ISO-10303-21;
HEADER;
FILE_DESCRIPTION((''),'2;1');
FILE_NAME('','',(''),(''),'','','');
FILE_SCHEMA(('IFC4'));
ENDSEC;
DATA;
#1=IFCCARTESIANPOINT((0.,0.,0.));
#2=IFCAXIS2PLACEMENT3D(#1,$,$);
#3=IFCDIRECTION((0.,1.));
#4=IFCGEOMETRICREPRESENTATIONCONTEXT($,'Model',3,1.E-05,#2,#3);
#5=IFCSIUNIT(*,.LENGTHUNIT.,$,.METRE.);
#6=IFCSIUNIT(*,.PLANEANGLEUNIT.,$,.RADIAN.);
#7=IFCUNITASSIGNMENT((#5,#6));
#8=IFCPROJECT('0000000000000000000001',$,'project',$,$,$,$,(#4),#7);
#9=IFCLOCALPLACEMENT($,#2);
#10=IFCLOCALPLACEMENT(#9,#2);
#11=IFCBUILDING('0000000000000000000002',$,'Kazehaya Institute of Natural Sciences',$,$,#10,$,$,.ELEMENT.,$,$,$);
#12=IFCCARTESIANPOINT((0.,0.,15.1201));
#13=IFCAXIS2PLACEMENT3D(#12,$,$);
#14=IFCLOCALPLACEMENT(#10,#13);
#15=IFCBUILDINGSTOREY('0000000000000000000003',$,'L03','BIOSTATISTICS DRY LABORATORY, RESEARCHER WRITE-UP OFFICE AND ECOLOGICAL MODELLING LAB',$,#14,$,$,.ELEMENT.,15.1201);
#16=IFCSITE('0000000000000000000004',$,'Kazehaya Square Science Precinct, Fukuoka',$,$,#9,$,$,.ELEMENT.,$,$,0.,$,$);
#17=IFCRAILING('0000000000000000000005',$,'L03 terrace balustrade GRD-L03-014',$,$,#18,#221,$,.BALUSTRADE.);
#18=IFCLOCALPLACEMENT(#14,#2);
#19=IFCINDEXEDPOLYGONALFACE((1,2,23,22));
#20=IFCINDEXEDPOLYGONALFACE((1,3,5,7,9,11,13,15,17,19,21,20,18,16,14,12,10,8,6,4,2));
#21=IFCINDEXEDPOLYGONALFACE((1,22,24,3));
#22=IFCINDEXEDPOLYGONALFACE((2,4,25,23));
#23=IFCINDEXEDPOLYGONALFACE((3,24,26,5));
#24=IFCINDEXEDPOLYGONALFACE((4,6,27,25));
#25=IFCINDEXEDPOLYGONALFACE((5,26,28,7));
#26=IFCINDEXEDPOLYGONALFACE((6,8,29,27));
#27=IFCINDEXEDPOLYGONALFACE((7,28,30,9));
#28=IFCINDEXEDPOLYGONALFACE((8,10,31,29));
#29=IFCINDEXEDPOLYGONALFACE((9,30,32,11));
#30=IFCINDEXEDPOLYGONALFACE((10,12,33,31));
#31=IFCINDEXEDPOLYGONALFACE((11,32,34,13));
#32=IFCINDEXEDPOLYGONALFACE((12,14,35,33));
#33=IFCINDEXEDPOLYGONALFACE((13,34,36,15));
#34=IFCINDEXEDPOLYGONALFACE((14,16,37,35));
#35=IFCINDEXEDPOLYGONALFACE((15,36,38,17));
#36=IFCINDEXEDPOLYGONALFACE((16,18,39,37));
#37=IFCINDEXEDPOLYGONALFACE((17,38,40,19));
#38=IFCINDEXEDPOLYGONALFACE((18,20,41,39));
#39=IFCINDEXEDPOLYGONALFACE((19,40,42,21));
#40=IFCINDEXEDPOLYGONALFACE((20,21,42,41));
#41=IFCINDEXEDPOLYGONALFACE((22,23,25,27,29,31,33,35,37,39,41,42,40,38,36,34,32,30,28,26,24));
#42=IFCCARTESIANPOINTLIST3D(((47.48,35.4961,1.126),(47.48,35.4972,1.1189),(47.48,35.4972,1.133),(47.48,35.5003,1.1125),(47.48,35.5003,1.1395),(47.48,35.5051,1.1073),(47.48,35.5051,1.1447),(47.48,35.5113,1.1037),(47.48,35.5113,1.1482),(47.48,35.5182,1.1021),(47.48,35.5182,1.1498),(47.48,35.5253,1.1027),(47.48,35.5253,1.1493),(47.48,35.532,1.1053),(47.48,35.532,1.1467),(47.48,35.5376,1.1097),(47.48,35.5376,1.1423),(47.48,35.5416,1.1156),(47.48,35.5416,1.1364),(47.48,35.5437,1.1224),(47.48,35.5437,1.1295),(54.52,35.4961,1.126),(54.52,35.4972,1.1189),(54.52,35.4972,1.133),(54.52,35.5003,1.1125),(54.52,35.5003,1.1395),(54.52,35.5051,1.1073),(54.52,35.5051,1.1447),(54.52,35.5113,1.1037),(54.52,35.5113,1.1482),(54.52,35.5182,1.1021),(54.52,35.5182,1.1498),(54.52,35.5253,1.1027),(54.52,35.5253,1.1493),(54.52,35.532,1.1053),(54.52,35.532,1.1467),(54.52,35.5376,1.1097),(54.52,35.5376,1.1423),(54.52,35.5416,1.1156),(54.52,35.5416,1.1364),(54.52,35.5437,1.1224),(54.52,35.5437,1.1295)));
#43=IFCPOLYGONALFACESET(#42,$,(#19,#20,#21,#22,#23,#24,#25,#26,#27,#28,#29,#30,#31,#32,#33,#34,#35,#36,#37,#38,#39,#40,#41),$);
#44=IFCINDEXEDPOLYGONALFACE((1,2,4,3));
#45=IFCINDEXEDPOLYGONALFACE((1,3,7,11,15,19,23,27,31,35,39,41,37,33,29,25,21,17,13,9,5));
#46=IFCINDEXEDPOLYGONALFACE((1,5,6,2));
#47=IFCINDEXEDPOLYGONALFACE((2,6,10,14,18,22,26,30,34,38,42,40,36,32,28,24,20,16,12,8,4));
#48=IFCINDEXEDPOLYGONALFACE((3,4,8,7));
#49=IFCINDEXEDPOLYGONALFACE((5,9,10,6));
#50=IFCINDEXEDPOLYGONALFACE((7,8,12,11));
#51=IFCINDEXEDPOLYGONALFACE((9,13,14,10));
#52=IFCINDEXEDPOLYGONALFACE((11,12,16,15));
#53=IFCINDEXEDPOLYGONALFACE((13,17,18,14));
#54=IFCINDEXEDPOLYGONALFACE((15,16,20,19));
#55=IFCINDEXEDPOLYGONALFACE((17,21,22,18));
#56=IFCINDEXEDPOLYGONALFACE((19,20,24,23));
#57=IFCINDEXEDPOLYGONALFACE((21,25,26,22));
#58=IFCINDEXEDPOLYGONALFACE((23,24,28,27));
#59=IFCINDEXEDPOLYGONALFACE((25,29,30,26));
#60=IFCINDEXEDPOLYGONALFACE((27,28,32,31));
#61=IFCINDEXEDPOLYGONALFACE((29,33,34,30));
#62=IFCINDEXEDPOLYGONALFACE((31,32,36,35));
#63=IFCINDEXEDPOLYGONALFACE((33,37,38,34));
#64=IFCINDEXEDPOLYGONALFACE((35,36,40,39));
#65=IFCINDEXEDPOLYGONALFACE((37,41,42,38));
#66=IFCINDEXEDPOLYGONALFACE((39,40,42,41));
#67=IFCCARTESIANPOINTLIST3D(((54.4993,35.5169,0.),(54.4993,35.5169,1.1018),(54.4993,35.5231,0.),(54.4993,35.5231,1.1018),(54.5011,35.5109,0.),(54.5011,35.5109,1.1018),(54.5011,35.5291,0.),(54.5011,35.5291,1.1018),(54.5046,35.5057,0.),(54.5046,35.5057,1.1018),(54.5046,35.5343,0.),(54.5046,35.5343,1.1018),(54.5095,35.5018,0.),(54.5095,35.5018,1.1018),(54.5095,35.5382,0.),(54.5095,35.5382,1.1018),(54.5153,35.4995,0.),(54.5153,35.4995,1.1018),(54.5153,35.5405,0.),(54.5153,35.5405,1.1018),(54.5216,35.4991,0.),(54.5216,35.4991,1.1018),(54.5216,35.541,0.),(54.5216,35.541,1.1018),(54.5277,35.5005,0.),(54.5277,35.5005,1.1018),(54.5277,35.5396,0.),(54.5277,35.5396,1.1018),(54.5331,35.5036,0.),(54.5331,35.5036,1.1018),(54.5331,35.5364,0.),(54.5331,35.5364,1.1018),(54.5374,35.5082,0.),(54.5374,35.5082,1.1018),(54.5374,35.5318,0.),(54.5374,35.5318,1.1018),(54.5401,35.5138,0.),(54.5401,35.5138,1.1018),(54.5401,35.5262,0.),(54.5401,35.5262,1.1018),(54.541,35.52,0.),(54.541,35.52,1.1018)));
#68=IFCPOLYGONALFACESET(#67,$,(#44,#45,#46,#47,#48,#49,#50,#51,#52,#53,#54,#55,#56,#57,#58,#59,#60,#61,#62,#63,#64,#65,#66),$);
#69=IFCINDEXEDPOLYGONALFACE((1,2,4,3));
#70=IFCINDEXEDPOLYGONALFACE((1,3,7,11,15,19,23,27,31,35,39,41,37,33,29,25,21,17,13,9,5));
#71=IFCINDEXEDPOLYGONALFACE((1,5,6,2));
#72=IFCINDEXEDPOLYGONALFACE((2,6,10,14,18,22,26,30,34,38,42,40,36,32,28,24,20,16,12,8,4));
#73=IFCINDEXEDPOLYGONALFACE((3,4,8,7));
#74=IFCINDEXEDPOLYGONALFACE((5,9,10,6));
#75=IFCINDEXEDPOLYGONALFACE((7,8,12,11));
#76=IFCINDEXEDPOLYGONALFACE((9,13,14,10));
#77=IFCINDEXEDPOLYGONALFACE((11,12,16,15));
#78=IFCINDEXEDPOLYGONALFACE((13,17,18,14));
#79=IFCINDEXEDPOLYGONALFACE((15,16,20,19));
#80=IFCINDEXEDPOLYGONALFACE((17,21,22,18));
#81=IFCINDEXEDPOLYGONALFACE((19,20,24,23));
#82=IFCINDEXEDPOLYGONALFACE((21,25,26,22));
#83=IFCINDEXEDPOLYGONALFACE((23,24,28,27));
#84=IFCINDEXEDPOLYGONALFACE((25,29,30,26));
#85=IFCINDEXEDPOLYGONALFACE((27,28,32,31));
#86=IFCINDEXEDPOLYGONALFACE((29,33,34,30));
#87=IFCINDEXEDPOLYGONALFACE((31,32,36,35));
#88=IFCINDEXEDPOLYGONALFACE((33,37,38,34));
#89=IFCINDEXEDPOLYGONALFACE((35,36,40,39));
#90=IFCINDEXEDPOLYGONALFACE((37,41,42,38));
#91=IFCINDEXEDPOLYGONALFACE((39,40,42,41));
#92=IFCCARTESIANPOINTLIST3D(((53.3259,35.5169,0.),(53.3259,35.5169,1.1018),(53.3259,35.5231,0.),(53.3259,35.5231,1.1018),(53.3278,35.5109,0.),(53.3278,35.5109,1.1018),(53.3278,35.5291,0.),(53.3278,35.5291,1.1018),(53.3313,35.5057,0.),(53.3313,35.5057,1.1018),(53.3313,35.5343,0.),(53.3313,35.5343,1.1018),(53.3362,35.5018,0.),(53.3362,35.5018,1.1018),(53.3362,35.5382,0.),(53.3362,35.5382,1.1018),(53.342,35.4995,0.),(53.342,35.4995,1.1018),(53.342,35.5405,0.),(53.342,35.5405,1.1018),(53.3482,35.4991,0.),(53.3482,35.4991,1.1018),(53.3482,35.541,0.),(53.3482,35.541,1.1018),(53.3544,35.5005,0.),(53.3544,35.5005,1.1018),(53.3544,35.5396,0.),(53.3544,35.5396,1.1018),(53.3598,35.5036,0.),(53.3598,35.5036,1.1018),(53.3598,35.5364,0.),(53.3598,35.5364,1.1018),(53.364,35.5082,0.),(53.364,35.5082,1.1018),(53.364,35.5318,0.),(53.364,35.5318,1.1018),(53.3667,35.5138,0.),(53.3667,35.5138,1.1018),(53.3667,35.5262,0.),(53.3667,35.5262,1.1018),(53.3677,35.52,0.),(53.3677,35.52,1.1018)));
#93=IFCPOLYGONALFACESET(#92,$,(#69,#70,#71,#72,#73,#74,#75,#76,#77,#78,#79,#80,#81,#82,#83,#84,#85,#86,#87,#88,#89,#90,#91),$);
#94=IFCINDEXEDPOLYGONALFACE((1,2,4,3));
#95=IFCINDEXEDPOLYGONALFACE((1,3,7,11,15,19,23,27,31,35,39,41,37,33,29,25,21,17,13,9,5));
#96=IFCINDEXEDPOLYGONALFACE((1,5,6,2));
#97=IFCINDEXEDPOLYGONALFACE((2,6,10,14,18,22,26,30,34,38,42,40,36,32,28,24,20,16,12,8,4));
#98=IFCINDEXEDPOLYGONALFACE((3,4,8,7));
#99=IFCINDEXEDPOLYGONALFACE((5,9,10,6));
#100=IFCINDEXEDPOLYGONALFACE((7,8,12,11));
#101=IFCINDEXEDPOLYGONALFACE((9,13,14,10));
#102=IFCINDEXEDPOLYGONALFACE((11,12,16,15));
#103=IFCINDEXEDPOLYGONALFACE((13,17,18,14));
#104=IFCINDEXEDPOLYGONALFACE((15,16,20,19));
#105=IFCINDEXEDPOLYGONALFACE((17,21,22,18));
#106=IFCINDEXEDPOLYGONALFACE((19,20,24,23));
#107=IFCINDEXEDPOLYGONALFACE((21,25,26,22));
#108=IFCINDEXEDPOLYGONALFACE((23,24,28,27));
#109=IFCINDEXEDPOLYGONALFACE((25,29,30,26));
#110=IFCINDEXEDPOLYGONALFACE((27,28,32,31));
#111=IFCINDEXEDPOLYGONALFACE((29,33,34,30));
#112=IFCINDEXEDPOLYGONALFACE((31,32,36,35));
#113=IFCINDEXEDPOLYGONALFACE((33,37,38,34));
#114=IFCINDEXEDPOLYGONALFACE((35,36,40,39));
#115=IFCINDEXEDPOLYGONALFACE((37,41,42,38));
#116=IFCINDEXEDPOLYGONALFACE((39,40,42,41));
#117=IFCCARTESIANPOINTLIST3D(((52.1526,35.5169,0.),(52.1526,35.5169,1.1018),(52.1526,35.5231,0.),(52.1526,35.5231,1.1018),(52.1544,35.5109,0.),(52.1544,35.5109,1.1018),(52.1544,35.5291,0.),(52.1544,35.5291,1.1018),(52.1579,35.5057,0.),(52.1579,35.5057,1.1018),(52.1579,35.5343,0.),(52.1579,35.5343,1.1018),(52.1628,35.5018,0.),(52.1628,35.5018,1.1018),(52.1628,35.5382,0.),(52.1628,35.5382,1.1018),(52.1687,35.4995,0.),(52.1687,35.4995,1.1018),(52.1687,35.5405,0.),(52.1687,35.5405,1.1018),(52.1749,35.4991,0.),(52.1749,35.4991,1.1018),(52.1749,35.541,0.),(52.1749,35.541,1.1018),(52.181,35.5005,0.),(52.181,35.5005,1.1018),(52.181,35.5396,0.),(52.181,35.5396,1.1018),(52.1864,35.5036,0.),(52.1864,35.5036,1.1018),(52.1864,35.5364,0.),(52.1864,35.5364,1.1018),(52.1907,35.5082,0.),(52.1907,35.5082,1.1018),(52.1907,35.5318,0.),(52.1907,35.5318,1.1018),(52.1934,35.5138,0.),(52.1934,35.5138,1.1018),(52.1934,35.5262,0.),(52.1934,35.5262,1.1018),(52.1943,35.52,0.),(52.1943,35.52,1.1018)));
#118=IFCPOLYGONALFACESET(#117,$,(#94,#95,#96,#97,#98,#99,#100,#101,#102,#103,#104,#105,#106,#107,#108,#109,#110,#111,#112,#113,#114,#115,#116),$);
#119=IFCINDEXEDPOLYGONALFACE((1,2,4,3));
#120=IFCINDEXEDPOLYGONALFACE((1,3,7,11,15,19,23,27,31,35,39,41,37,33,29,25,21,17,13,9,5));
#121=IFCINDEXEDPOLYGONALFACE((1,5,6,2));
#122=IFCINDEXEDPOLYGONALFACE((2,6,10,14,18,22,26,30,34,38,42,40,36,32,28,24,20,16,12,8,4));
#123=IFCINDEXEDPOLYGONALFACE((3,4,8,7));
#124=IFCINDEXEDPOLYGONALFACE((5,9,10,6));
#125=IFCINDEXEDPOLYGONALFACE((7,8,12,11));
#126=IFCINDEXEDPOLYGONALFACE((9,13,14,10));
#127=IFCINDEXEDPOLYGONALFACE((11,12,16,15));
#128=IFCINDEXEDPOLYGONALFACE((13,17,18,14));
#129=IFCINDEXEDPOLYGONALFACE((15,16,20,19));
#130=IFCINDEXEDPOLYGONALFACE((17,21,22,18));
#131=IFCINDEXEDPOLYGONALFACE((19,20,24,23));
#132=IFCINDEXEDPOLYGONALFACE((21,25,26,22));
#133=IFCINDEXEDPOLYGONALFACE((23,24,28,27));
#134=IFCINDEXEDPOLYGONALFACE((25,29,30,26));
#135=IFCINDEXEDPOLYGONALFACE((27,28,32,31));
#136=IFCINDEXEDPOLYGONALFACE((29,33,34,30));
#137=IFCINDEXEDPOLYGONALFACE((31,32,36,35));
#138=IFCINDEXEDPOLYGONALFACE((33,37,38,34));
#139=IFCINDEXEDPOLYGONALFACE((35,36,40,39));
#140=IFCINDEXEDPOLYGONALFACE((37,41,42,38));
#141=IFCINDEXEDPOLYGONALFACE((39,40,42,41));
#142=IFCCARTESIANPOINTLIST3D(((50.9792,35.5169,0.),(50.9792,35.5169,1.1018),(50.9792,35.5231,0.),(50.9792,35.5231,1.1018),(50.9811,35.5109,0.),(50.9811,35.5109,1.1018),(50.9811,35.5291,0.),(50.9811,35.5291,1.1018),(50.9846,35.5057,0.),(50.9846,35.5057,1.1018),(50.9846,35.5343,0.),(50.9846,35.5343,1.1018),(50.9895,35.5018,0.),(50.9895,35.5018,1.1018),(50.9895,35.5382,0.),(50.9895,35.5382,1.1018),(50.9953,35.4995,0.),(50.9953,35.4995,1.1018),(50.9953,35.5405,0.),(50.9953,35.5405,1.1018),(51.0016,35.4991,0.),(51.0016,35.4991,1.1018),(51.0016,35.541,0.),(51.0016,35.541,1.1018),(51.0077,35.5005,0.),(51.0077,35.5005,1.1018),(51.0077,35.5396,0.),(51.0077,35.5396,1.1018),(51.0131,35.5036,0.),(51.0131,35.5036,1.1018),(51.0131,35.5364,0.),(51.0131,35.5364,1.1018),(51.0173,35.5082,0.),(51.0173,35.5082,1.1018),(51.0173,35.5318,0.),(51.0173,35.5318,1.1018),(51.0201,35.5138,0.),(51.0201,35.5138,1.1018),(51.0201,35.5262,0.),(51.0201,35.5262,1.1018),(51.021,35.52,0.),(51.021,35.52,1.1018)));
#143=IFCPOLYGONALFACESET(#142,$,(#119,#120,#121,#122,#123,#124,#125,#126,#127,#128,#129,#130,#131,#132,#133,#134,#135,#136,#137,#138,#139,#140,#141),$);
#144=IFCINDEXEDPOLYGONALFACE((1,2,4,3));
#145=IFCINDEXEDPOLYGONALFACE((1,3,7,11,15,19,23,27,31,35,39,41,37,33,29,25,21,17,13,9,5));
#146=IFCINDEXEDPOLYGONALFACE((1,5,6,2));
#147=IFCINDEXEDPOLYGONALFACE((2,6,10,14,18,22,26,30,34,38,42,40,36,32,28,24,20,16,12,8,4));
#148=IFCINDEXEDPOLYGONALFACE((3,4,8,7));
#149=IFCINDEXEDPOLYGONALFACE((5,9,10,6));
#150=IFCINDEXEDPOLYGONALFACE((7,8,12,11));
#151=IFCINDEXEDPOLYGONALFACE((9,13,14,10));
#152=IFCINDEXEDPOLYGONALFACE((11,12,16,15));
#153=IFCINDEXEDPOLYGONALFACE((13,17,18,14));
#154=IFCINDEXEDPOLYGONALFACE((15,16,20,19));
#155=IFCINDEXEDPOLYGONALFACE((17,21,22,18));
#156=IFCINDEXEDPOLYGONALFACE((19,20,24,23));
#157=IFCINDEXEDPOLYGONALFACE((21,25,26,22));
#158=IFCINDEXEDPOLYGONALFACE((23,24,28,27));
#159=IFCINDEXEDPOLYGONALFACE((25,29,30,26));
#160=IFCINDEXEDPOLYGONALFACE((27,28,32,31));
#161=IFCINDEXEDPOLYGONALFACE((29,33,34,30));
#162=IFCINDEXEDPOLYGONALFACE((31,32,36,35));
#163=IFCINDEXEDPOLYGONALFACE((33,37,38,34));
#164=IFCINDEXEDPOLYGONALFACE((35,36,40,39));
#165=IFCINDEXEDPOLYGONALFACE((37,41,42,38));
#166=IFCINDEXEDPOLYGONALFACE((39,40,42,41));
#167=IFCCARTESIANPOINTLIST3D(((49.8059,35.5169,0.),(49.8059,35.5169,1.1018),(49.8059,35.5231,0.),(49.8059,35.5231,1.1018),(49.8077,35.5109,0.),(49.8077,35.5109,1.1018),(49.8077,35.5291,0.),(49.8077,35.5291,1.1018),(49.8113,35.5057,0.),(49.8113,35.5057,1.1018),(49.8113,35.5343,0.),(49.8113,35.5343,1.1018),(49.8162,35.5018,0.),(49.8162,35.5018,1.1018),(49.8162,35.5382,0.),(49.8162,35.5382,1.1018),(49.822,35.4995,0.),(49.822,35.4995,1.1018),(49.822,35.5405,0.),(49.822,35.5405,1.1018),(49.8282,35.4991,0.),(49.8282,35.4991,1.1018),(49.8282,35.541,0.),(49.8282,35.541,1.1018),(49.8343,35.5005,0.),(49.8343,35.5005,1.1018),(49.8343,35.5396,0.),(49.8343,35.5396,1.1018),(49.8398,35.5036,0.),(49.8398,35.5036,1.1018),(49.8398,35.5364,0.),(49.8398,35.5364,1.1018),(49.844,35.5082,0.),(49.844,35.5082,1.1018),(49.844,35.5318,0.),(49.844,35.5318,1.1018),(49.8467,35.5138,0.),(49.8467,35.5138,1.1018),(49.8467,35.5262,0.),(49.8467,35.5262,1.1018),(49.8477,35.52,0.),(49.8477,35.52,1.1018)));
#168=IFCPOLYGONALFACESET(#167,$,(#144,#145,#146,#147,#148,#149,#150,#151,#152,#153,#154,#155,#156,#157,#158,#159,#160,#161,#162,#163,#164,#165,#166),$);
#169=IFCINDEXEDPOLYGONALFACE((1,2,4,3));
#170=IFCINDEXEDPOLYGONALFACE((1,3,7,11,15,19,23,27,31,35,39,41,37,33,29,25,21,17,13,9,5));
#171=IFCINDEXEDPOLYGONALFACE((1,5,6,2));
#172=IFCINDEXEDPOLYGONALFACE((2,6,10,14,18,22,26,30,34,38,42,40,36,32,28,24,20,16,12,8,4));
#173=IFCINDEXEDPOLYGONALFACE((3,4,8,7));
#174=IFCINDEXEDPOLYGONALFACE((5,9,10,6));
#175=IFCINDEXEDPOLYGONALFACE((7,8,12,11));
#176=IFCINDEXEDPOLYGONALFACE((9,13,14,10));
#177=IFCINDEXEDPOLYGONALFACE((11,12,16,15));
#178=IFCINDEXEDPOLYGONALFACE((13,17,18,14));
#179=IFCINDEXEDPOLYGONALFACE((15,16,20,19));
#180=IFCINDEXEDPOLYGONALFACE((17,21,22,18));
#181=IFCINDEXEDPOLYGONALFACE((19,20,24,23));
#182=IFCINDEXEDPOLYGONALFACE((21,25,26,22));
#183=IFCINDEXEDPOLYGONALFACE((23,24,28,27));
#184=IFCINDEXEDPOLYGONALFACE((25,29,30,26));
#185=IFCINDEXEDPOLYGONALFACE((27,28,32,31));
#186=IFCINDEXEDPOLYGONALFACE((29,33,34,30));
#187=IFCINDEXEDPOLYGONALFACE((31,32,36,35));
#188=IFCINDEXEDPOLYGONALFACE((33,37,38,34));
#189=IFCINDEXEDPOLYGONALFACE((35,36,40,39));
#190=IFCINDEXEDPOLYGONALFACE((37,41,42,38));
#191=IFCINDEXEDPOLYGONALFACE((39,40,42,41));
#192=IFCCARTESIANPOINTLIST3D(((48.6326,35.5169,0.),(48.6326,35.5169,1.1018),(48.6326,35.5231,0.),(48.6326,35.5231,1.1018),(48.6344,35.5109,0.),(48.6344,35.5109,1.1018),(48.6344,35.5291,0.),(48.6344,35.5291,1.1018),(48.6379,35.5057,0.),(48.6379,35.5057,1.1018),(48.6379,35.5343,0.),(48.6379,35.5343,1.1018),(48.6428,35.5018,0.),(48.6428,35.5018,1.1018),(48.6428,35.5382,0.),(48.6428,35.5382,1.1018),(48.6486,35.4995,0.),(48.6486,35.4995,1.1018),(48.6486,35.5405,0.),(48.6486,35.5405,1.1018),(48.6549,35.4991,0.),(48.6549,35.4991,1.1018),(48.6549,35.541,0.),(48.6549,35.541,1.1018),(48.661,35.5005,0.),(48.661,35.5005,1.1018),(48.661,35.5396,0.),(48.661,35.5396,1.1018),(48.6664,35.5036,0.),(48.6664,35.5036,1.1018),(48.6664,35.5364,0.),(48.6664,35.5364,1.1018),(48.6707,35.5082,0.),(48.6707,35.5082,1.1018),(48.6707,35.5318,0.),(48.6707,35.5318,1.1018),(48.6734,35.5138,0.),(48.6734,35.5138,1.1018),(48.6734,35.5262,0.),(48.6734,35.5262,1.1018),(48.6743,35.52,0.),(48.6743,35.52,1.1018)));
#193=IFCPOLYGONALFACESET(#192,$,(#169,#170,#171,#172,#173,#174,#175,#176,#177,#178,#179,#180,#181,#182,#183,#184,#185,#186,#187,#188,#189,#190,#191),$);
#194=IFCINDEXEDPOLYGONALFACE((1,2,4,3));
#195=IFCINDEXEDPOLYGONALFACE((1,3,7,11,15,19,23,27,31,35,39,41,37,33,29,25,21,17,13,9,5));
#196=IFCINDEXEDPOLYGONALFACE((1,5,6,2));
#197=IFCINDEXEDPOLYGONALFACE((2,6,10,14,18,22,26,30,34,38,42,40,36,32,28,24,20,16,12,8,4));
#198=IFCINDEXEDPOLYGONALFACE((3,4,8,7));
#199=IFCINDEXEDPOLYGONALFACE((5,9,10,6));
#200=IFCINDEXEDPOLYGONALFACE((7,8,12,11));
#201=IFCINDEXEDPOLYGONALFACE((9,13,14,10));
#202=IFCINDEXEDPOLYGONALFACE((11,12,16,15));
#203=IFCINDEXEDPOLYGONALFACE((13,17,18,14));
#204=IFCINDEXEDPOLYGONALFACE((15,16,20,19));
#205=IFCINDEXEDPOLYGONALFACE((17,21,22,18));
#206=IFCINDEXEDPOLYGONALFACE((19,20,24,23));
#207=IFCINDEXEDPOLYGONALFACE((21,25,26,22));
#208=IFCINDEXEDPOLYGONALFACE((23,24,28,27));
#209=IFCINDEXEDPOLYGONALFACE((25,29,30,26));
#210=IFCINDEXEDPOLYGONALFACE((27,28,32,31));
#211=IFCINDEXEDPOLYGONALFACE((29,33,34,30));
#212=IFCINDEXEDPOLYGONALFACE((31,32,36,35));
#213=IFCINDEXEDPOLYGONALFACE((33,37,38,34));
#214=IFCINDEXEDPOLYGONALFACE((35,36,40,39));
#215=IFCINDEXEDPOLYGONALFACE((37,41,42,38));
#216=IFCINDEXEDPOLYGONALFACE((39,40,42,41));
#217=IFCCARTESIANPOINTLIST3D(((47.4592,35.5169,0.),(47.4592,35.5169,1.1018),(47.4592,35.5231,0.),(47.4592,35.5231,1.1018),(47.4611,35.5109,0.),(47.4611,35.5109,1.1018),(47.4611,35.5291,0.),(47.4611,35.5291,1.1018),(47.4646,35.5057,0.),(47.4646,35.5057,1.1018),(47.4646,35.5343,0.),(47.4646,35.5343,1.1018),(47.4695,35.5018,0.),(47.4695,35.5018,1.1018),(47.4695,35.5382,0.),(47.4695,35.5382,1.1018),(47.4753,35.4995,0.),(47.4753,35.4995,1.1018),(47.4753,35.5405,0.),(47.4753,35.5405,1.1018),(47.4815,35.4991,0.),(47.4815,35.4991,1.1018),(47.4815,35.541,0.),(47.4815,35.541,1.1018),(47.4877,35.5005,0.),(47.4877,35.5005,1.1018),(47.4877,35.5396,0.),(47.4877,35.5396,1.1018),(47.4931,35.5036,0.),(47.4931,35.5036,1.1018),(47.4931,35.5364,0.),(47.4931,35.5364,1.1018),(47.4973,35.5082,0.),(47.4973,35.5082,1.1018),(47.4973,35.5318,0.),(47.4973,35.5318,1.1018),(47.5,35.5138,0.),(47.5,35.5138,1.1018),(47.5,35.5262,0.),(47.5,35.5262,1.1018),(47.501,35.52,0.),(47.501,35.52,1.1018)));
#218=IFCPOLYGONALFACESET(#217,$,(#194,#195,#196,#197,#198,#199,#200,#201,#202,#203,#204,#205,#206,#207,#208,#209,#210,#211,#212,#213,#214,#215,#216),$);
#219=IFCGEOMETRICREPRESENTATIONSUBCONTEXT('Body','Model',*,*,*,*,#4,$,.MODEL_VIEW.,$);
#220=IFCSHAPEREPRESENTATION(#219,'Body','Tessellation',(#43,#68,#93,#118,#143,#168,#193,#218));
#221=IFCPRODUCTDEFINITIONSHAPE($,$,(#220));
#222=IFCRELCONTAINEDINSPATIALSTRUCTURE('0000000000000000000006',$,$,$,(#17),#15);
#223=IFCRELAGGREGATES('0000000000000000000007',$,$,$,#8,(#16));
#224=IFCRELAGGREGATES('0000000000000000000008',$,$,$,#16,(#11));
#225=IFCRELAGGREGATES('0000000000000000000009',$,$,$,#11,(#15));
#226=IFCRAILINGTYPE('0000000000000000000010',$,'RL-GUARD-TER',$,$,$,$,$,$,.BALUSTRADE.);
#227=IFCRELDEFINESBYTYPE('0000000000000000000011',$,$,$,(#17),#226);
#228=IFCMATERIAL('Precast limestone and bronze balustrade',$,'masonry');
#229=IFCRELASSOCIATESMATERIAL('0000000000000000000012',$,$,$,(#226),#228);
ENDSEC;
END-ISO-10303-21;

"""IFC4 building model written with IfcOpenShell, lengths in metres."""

from ifc_helpers import new_model, si_unit, direction, frame, origin, origin_2d, place, context, subcontext, project, spatial, circle, extrude, material, type_object, element, save


model = new_model("IFC4")

# Units and contexts
model_context = context("Model", 3, precision=1e-05, world=origin(), true_north=direction((0.0, 1.0)))
body_context = subcontext(model_context, "Body", "Model", "MODEL_VIEW")
ifc_project = project(units=[si_unit("LENGTHUNIT", "METRE"), si_unit("PLANEANGLEUNIT", "RADIAN")], contexts=[model_context])

# Site, building, storey
site_placement = place(None, origin())
site = spatial("IfcSite", under=ifc_project, at=site_placement, Name="Kazehaya Square Science Precinct, Fukuoka", CompositionType="ELEMENT", RefElevation=0.0)
building_placement = place(site_placement, origin())
building = spatial("IfcBuilding", under=site, at=building_placement, Name="Kazehaya Institute of Natural Sciences", CompositionType="ELEMENT")
storey_placement = place(building_placement, frame((0.0, 0.0, 15.1201)))
storey = spatial("IfcBuildingStorey", under=building, at=storey_placement, Name="L03", Description="BIOSTATISTICS DRY LABORATORY, RESEARCHER WRITE-UP OFFICE AND ECOLOGICAL MODELLING LAB", CompositionType="ELEMENT", Elevation=15.1201)

# Railing
ifc_material_1 = material(Name="Precast limestone and bronze balustrade", Category="masonry")
railing_type = type_object("IfcRailingType", Name="RL-GUARD-TER", PredefinedType="BALUSTRADE", material=ifc_material_1)
railing_1_placement = place(storey_placement, frame((54.52, 35.52, 0.0)))
element("IfcRailing", 1, at=railing_1_placement, inside=storey, type_object=railing_type, Name="L03 terrace balustrade GRD-L03-014", PredefinedType="BALUSTRADE", context=body_context, shape_type="SweptSolid", body=[
    extrude(circle(Radius=0.0239, at=origin_2d()), frame((0.0, 0.0, 1.126), z_axis=(-1.0, 0.0, 0.0), x_axis=(0.0, -1.0, 0.0)), (0.0, 0.0, 1.0), 7.04),
    extrude(circle(Radius=0.021, at=origin_2d()), origin(), (0.0, 0.0, 1.0), 1.1018),
    extrude(circle(Radius=0.021, at=origin_2d()), frame((-1.1733, 0.0, 0.0)), (0.0, 0.0, 1.0), 1.1018),
    extrude(circle(Radius=0.021, at=origin_2d()), frame((-2.3467, 0.0, 0.0)), (0.0, 0.0, 1.0), 1.1018),
    extrude(circle(Radius=0.021, at=origin_2d()), frame((-3.52, 0.0, 0.0)), (0.0, 0.0, 1.0), 1.1018),
    extrude(circle(Radius=0.021, at=origin_2d()), frame((-4.6934, 0.0, 0.0)), (0.0, 0.0, 1.0), 1.1018),
    extrude(circle(Radius=0.021, at=origin_2d()), frame((-5.8667, 0.0, 0.0)), (0.0, 0.0, 1.0), 1.1018),
    extrude(circle(Radius=0.021, at=origin_2d()), frame((-7.04, 0.0, 0.0)), (0.0, 0.0, 1.0), 1.1018),
])

save(model, "model.ifc")
